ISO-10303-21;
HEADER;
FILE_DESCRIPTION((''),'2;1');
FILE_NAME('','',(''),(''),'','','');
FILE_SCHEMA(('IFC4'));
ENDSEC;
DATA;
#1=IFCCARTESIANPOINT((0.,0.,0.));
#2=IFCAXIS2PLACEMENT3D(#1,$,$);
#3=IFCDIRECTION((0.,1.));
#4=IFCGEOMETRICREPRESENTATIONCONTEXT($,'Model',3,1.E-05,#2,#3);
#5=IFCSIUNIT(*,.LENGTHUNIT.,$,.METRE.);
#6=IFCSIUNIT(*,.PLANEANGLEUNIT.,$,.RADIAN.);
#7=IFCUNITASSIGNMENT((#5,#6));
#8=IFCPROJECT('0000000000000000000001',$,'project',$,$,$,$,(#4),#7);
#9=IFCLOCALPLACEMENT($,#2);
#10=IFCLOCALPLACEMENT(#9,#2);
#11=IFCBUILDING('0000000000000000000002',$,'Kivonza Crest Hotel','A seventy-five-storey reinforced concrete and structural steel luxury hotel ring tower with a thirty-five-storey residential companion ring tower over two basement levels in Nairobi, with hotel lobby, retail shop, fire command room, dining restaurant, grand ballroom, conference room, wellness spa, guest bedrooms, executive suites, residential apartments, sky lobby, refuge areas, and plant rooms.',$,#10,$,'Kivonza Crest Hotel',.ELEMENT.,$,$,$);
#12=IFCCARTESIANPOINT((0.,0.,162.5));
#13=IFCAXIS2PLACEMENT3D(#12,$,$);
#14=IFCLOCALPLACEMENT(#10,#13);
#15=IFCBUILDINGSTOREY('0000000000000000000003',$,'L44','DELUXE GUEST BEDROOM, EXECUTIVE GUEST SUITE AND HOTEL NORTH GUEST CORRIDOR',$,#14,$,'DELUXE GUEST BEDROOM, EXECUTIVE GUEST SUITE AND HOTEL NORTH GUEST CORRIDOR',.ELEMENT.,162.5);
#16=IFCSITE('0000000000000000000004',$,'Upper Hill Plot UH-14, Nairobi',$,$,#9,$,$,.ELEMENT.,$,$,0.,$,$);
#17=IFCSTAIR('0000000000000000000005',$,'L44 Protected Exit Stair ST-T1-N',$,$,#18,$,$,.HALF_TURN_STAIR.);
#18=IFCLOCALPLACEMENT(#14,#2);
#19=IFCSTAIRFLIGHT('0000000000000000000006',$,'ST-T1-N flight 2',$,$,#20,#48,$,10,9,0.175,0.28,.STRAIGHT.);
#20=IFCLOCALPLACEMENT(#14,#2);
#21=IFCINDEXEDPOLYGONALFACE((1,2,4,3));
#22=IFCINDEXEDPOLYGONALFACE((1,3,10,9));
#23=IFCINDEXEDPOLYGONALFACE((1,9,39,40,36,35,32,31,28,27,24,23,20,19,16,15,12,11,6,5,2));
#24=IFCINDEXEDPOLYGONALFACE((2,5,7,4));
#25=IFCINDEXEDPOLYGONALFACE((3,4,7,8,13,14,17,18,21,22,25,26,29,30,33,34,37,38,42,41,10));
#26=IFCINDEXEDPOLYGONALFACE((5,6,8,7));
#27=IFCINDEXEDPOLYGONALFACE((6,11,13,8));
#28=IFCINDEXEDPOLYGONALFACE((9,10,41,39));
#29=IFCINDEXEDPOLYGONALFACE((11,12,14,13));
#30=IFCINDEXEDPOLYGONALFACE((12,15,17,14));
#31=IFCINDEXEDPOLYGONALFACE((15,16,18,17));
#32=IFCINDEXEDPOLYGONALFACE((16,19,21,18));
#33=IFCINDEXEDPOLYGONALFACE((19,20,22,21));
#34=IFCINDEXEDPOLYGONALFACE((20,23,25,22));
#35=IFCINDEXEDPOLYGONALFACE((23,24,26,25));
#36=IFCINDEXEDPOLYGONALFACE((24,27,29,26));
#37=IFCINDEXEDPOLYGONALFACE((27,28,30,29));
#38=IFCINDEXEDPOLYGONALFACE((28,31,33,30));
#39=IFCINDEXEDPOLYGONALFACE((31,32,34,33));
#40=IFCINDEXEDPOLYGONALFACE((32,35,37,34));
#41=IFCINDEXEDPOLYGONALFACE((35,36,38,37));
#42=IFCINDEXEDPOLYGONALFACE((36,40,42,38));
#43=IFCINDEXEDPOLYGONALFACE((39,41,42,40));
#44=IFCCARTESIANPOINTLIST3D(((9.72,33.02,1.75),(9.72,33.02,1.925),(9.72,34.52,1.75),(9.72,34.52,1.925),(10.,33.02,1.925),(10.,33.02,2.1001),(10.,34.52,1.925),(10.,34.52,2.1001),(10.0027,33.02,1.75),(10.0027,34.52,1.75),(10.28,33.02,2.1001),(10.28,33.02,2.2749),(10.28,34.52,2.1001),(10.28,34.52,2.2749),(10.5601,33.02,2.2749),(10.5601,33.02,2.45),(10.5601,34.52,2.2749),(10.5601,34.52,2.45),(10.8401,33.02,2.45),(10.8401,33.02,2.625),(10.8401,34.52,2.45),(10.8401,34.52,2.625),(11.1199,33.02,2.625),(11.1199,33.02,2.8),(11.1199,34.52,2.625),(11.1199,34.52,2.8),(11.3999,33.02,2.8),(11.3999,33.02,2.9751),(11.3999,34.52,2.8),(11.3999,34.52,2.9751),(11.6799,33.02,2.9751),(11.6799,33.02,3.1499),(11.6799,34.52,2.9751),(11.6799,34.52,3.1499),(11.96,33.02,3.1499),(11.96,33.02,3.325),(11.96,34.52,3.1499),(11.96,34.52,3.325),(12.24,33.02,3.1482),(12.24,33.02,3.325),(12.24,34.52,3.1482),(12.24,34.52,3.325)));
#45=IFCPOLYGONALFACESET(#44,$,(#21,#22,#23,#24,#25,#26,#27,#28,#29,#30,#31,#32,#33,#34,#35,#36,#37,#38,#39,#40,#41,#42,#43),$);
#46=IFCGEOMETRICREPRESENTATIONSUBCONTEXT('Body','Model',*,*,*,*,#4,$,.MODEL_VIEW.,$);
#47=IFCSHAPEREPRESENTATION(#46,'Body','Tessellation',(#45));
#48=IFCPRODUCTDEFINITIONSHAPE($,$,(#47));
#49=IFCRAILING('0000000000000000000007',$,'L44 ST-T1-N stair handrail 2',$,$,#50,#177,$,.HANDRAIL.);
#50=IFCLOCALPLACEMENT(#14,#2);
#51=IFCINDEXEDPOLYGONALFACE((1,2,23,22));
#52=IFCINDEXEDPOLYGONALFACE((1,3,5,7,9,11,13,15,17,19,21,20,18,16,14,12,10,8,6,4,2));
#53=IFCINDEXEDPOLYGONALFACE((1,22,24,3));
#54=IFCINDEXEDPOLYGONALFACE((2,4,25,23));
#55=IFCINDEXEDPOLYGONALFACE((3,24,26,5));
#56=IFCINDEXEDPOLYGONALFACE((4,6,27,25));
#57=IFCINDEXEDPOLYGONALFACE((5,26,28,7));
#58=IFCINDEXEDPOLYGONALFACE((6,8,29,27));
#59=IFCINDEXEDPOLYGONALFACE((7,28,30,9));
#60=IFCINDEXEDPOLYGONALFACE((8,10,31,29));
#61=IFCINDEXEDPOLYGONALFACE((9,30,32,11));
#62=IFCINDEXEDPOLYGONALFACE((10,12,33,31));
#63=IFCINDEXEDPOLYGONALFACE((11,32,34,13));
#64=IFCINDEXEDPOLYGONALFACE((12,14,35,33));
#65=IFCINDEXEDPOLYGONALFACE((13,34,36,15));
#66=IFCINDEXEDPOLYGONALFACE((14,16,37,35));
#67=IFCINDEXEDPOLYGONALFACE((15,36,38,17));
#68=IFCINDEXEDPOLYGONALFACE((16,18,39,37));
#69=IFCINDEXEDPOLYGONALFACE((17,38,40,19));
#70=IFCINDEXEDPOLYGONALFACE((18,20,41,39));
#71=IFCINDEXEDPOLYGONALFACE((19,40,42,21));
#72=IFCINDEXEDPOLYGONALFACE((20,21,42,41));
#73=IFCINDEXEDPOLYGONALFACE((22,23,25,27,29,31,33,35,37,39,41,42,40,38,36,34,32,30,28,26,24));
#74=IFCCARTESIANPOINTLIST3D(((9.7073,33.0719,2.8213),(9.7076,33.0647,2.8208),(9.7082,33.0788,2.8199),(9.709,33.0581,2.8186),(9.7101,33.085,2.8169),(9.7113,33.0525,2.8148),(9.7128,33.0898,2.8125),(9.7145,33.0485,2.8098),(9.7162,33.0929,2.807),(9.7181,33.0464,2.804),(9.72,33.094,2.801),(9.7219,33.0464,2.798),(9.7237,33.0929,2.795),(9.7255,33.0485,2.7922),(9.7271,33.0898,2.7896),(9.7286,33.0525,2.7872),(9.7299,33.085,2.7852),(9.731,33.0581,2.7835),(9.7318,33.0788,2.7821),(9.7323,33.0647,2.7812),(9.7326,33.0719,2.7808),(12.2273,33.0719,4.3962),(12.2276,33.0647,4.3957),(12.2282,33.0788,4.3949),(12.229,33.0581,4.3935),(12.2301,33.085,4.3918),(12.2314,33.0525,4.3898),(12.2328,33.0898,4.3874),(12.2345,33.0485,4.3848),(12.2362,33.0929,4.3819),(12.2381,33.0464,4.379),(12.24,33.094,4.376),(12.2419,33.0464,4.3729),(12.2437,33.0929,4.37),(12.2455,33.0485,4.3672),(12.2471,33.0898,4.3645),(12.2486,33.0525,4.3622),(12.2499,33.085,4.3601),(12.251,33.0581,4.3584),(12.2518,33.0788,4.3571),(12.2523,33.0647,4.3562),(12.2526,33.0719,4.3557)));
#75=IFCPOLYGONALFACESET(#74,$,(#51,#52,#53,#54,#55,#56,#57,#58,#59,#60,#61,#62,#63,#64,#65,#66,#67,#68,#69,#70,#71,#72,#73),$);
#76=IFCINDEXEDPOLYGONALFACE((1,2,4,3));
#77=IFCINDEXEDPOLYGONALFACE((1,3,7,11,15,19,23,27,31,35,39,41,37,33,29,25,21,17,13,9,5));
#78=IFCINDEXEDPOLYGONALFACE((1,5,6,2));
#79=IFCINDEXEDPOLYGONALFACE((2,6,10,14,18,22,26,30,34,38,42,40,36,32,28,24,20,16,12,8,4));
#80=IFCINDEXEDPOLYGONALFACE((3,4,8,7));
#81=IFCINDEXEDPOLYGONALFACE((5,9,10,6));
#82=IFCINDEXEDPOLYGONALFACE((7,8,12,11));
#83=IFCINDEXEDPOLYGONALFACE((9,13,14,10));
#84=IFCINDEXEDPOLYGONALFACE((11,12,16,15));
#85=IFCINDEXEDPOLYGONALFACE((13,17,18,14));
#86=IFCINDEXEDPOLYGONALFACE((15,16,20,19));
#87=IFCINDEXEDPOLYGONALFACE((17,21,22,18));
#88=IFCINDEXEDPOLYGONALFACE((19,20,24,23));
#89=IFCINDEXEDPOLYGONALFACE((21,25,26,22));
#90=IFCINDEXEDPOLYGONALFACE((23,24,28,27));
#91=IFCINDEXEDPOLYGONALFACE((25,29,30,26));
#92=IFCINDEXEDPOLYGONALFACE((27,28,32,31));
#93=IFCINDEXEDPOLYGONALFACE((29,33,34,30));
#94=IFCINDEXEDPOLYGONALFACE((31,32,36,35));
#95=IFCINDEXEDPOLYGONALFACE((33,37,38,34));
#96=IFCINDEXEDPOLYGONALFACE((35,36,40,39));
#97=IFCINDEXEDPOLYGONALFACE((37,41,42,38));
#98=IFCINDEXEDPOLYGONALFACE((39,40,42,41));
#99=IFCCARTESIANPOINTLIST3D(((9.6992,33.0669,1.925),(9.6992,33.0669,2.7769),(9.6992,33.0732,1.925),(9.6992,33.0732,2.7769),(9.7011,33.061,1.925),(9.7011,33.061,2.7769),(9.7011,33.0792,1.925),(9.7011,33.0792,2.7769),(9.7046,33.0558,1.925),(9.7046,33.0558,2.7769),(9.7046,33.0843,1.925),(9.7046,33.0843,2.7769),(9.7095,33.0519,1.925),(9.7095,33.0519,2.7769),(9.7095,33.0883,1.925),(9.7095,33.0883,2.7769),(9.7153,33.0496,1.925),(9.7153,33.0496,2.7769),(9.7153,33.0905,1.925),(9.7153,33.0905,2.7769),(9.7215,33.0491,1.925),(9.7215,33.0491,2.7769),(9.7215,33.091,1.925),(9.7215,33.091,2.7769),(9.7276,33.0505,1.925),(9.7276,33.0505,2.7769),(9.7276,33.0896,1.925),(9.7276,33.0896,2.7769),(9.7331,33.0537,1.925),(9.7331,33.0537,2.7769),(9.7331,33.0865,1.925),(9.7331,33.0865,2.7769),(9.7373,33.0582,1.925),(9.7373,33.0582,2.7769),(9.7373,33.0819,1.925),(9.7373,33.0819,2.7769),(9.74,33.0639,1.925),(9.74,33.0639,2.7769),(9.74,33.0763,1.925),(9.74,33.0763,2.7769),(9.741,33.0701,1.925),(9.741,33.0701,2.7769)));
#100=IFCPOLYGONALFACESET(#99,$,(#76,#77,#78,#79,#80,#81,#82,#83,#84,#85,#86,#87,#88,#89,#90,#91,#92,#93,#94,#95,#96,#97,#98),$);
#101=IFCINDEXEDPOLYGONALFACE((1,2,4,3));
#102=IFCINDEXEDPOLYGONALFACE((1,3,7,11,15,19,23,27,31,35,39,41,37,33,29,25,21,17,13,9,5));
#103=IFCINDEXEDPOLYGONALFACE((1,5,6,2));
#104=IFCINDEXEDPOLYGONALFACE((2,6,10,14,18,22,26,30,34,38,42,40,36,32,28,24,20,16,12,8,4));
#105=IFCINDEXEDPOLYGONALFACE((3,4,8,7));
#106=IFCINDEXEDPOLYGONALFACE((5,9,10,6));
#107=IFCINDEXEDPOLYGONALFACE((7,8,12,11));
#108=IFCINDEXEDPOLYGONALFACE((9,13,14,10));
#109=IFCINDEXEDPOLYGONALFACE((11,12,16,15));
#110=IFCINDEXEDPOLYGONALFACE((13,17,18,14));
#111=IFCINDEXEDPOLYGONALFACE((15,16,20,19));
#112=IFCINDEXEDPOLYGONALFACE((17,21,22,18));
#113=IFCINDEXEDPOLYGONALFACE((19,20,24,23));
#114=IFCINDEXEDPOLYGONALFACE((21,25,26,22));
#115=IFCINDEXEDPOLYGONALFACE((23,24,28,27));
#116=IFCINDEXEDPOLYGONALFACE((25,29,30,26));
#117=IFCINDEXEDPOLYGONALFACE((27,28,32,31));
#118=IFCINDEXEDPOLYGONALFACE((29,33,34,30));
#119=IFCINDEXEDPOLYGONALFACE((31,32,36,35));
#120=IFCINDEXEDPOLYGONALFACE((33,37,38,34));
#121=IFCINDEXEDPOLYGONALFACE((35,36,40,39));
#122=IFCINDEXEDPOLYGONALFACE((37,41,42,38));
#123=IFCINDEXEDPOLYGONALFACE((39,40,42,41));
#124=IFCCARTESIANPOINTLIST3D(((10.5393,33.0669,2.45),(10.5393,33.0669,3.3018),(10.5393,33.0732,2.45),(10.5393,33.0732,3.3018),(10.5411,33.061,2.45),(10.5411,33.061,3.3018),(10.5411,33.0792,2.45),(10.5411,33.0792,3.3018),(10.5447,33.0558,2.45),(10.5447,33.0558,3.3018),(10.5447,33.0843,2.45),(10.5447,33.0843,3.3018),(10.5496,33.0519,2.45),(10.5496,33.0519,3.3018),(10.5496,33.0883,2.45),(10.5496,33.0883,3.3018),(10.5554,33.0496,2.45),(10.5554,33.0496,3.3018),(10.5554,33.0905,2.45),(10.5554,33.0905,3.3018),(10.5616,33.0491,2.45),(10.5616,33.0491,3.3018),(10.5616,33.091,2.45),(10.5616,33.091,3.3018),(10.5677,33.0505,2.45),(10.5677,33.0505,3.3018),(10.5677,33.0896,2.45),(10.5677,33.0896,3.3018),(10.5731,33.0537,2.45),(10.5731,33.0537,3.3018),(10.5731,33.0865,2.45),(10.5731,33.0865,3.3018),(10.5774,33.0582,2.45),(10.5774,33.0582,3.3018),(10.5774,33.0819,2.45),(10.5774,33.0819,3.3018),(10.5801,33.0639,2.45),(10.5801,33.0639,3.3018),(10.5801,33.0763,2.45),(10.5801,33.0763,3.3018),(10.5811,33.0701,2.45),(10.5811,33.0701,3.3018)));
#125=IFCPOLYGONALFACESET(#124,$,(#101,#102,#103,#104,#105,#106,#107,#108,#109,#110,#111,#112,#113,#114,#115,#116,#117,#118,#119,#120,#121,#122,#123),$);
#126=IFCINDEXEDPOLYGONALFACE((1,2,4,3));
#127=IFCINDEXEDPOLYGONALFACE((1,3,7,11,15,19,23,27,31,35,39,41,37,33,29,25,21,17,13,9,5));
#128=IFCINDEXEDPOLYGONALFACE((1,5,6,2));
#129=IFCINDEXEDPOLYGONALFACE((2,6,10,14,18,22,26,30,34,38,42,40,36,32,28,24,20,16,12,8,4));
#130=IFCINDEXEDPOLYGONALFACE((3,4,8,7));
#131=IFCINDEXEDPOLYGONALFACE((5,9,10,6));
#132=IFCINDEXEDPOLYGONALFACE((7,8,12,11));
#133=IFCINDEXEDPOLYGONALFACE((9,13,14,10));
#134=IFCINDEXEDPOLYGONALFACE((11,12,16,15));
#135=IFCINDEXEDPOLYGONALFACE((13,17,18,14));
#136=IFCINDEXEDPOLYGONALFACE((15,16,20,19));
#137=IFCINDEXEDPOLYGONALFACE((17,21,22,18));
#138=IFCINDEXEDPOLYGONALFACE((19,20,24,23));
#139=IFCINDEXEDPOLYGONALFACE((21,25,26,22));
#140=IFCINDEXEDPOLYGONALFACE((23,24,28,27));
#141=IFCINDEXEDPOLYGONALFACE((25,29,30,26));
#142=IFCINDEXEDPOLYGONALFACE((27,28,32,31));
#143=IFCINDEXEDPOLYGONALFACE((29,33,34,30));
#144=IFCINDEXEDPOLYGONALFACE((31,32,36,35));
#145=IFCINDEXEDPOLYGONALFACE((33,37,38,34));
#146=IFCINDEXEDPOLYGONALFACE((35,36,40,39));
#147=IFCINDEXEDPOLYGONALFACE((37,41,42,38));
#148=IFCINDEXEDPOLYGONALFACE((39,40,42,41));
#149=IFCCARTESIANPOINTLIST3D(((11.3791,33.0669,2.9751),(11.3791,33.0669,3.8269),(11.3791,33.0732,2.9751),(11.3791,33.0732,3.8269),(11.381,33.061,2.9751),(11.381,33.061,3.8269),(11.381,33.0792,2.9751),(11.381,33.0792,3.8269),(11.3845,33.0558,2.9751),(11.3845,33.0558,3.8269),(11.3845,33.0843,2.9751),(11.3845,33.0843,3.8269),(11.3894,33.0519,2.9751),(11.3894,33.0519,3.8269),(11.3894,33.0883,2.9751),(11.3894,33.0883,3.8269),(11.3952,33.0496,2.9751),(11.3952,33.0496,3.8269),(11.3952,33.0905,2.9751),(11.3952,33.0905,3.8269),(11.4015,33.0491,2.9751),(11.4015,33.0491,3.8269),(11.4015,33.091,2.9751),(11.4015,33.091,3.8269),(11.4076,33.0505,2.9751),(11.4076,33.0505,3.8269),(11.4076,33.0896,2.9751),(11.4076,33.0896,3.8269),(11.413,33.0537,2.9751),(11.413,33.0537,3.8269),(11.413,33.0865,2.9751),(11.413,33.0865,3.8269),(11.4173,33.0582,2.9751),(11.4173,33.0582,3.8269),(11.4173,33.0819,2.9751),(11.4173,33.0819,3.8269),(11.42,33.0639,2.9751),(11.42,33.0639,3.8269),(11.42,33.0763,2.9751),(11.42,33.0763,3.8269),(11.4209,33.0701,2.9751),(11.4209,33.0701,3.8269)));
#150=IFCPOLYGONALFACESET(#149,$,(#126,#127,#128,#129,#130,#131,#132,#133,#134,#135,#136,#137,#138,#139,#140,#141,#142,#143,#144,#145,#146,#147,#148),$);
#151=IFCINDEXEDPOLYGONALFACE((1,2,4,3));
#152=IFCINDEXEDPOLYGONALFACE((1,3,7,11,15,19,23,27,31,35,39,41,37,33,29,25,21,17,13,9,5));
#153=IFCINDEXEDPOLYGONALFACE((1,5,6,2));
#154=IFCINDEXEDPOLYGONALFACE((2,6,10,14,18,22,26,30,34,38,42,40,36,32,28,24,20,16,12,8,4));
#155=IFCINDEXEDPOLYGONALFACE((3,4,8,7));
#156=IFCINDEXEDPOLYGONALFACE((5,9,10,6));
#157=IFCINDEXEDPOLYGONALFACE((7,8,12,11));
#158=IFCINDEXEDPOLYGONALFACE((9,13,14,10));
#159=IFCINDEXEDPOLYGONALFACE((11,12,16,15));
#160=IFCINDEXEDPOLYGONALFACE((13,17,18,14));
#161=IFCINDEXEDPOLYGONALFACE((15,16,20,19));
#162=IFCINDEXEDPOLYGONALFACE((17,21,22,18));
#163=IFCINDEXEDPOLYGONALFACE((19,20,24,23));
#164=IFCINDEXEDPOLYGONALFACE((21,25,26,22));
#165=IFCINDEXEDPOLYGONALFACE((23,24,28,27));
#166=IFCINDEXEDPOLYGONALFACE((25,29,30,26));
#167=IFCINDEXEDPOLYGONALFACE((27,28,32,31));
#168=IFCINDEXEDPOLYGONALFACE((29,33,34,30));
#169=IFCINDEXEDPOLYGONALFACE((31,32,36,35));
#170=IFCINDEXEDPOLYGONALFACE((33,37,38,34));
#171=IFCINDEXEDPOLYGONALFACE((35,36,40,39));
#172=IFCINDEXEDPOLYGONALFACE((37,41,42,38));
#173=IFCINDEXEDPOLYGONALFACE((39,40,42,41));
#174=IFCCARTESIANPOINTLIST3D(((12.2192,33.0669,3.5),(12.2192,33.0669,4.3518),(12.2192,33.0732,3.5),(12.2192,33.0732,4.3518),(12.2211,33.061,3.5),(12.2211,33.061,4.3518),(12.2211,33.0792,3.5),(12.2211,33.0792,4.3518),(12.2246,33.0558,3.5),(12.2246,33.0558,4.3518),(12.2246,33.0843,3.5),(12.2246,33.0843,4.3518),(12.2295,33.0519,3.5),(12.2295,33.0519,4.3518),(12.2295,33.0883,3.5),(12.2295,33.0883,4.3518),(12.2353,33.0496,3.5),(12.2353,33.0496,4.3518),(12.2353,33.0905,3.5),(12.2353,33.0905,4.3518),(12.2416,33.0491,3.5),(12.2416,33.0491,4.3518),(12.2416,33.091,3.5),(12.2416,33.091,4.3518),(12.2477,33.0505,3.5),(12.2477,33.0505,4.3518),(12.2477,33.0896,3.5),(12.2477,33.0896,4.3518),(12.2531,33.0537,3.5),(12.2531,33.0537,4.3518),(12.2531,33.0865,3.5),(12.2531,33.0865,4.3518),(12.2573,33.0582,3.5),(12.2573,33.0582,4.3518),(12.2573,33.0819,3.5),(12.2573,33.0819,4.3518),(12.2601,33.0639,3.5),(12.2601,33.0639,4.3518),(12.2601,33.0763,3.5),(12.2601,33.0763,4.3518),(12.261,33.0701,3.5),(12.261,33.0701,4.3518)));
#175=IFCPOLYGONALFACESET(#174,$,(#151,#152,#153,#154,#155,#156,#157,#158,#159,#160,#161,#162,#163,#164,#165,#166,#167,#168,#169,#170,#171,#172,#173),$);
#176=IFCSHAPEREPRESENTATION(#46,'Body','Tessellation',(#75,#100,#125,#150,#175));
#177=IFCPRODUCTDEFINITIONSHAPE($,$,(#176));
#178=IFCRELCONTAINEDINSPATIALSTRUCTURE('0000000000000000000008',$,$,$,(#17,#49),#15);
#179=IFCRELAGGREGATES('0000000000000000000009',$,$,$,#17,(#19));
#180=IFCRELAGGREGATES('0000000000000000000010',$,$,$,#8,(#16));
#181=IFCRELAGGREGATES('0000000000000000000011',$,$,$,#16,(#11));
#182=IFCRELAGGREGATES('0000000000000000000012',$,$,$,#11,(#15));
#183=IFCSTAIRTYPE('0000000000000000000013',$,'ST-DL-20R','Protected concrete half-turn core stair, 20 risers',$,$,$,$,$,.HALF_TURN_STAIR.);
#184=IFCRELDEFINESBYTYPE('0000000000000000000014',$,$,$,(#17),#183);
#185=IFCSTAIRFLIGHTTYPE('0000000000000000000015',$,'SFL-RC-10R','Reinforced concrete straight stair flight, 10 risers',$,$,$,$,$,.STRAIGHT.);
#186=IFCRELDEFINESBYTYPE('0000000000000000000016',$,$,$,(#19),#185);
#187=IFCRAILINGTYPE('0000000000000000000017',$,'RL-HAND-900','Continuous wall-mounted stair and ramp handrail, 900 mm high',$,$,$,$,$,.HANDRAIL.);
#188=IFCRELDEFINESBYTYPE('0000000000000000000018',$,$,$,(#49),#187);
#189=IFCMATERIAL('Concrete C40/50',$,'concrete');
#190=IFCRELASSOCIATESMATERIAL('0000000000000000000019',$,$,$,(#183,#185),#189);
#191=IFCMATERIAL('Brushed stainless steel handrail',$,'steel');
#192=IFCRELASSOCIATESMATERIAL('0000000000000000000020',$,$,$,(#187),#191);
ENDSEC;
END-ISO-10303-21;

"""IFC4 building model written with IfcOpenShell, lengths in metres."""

from ifc_helpers import new_model, si_unit, direction, frame, origin, origin_2d, place, context, subcontext, project, spatial, polyline, circle, outline, extrude, material, type_object, element, aggregate, save


model = new_model("IFC4")

# Units and contexts
model_context = context("Model", 3, precision=1e-05, world=origin(), true_north=direction((0.0, 1.0)))
body_context = subcontext(model_context, "Body", "Model", "MODEL_VIEW")
ifc_project = project(units=[si_unit("LENGTHUNIT", "METRE"), si_unit("PLANEANGLEUNIT", "RADIAN")], contexts=[model_context])

# Site, building, storey
site_placement = place(None, origin())
site = spatial("IfcSite", under=ifc_project, at=site_placement, Name="Upper Hill Plot UH-14, Nairobi", CompositionType="ELEMENT", RefElevation=0.0)
building_placement = place(site_placement, origin())
building = spatial("IfcBuilding", under=site, at=building_placement, Name="Kivonza Crest Hotel", Description="A seventy-five-storey reinforced concrete and structural steel luxury hotel ring tower with a thirty-five-storey residential companion ring tower over two basement levels in Nairobi, with hotel lobby, retail shop, fire command room, dining restaurant, grand ballroom, conference room, wellness spa, guest bedrooms, executive suites, residential apartments, sky lobby, refuge areas, and plant rooms.", LongName="Kivonza Crest Hotel", CompositionType="ELEMENT")
storey_placement = place(building_placement, frame((0.0, 0.0, 162.5)))
storey = spatial("IfcBuildingStorey", under=building, at=storey_placement, Name="L44", Description="DELUXE GUEST BEDROOM, EXECUTIVE GUEST SUITE AND HOTEL NORTH GUEST CORRIDOR", LongName="DELUXE GUEST BEDROOM, EXECUTIVE GUEST SUITE AND HOTEL NORTH GUEST CORRIDOR", CompositionType="ELEMENT", Elevation=162.5)

# Stair, stair flight
ifc_material_1 = material(Name="Concrete C40/50", Category="concrete")
stair_type = type_object("IfcStairType", Name="ST-DL-20R", Description="Protected concrete half-turn core stair, 20 risers", PredefinedType="HALF_TURN_STAIR", material=ifc_material_1)
stair_placement = place(storey_placement, origin())
stair = element("IfcStair", 1, at=stair_placement, inside=storey, type_object=stair_type, Name="L44 Protected Exit Stair ST-T1-N", PredefinedType="HALF_TURN_STAIR")
stair_flight_type = type_object("IfcStairFlightType", Name="SFL-RC-10R", Description="Reinforced concrete straight stair flight, 10 risers", PredefinedType="STRAIGHT", material=ifc_material_1)
stair_flight_placement = place(storey_placement, frame((9.72, 33.77, 1.75), z_axis=(0.0, 0.0, 1.0), x_axis=(1.0, 0.0, 0.0)))
stair_flight = element("IfcStairFlight", 2, at=stair_flight_placement, type_object=stair_flight_type, Name="ST-T1-N flight 2", NumberOfRisers=10, NumberOfTreads=9, PredefinedType="STRAIGHT", RiserHeight=0.175, TreadLength=0.28, context=body_context, shape_type="SweptSolid", body=[
    extrude(outline(polyline([(0.0, 0.0), (0.0, 0.175), (0.28, 0.175), (0.28, 0.3501), (0.5601, 0.3501), (0.5601, 0.5249), (0.8401, 0.5249), (0.8401, 0.7), (1.1201, 0.7), (1.1201, 0.875), (1.3999, 0.875), (1.3999, 1.05), (1.6799, 1.05), (1.6799, 1.2251), (1.96, 1.2251), (1.96, 1.3999), (2.24, 1.3999), (2.24, 1.575), (2.52, 1.575), (2.52, 1.75), (2.52, 1.3982), (0.2827, 0.0), (0.0, 0.0)])), frame((0.0, 0.75, 0.0), z_axis=(0.0, -1.0, 0.0), x_axis=(1.0, 0.0, 0.0)), (0.0, 0.0, 1.0), 1.5),
])
aggregate(stair, [stair_flight])

# Railing
ifc_material_2 = material(Name="Brushed stainless steel handrail", Category="steel")
railing_type_1 = type_object("IfcRailingType", Name="RL-HAND-900", Description="Continuous wall-mounted stair and ramp handrail, 900 mm high", PredefinedType="HANDRAIL", material=ifc_material_2)
railing_1_placement = place(storey_placement, frame((9.72, 33.0701, 1.925)))
element("IfcRailing", 3, at=railing_1_placement, inside=storey, type_object=railing_type_1, Name="L44 ST-T1-N stair handrail 2", PredefinedType="HANDRAIL", context=body_context, shape_type="SweptSolid", body=[
    extrude(circle(Radius=0.0239, at=origin_2d()), frame((0.0, 0.0, 0.876), z_axis=(0.848008, 0.0, 0.529984), x_axis=(0.0, 1.0, 0.0)), (0.0, 0.0, 1.0), 2.9717),
    extrude(circle(Radius=0.021, at=origin_2d()), origin(), (0.0, 0.0, 1.0), 0.8518),
    extrude(circle(Radius=0.021, at=origin_2d()), frame((0.8401, 0.0, 0.5249)), (0.0, 0.0, 1.0), 0.8518),
    extrude(circle(Radius=0.021, at=origin_2d()), frame((1.6799, 0.0, 1.05)), (0.0, 0.0, 1.0), 0.8518),
    extrude(circle(Radius=0.021, at=origin_2d()), frame((2.52, 0.0, 1.575)), (0.0, 0.0, 1.0), 0.8518),
])

save(model, "model.ifc")
